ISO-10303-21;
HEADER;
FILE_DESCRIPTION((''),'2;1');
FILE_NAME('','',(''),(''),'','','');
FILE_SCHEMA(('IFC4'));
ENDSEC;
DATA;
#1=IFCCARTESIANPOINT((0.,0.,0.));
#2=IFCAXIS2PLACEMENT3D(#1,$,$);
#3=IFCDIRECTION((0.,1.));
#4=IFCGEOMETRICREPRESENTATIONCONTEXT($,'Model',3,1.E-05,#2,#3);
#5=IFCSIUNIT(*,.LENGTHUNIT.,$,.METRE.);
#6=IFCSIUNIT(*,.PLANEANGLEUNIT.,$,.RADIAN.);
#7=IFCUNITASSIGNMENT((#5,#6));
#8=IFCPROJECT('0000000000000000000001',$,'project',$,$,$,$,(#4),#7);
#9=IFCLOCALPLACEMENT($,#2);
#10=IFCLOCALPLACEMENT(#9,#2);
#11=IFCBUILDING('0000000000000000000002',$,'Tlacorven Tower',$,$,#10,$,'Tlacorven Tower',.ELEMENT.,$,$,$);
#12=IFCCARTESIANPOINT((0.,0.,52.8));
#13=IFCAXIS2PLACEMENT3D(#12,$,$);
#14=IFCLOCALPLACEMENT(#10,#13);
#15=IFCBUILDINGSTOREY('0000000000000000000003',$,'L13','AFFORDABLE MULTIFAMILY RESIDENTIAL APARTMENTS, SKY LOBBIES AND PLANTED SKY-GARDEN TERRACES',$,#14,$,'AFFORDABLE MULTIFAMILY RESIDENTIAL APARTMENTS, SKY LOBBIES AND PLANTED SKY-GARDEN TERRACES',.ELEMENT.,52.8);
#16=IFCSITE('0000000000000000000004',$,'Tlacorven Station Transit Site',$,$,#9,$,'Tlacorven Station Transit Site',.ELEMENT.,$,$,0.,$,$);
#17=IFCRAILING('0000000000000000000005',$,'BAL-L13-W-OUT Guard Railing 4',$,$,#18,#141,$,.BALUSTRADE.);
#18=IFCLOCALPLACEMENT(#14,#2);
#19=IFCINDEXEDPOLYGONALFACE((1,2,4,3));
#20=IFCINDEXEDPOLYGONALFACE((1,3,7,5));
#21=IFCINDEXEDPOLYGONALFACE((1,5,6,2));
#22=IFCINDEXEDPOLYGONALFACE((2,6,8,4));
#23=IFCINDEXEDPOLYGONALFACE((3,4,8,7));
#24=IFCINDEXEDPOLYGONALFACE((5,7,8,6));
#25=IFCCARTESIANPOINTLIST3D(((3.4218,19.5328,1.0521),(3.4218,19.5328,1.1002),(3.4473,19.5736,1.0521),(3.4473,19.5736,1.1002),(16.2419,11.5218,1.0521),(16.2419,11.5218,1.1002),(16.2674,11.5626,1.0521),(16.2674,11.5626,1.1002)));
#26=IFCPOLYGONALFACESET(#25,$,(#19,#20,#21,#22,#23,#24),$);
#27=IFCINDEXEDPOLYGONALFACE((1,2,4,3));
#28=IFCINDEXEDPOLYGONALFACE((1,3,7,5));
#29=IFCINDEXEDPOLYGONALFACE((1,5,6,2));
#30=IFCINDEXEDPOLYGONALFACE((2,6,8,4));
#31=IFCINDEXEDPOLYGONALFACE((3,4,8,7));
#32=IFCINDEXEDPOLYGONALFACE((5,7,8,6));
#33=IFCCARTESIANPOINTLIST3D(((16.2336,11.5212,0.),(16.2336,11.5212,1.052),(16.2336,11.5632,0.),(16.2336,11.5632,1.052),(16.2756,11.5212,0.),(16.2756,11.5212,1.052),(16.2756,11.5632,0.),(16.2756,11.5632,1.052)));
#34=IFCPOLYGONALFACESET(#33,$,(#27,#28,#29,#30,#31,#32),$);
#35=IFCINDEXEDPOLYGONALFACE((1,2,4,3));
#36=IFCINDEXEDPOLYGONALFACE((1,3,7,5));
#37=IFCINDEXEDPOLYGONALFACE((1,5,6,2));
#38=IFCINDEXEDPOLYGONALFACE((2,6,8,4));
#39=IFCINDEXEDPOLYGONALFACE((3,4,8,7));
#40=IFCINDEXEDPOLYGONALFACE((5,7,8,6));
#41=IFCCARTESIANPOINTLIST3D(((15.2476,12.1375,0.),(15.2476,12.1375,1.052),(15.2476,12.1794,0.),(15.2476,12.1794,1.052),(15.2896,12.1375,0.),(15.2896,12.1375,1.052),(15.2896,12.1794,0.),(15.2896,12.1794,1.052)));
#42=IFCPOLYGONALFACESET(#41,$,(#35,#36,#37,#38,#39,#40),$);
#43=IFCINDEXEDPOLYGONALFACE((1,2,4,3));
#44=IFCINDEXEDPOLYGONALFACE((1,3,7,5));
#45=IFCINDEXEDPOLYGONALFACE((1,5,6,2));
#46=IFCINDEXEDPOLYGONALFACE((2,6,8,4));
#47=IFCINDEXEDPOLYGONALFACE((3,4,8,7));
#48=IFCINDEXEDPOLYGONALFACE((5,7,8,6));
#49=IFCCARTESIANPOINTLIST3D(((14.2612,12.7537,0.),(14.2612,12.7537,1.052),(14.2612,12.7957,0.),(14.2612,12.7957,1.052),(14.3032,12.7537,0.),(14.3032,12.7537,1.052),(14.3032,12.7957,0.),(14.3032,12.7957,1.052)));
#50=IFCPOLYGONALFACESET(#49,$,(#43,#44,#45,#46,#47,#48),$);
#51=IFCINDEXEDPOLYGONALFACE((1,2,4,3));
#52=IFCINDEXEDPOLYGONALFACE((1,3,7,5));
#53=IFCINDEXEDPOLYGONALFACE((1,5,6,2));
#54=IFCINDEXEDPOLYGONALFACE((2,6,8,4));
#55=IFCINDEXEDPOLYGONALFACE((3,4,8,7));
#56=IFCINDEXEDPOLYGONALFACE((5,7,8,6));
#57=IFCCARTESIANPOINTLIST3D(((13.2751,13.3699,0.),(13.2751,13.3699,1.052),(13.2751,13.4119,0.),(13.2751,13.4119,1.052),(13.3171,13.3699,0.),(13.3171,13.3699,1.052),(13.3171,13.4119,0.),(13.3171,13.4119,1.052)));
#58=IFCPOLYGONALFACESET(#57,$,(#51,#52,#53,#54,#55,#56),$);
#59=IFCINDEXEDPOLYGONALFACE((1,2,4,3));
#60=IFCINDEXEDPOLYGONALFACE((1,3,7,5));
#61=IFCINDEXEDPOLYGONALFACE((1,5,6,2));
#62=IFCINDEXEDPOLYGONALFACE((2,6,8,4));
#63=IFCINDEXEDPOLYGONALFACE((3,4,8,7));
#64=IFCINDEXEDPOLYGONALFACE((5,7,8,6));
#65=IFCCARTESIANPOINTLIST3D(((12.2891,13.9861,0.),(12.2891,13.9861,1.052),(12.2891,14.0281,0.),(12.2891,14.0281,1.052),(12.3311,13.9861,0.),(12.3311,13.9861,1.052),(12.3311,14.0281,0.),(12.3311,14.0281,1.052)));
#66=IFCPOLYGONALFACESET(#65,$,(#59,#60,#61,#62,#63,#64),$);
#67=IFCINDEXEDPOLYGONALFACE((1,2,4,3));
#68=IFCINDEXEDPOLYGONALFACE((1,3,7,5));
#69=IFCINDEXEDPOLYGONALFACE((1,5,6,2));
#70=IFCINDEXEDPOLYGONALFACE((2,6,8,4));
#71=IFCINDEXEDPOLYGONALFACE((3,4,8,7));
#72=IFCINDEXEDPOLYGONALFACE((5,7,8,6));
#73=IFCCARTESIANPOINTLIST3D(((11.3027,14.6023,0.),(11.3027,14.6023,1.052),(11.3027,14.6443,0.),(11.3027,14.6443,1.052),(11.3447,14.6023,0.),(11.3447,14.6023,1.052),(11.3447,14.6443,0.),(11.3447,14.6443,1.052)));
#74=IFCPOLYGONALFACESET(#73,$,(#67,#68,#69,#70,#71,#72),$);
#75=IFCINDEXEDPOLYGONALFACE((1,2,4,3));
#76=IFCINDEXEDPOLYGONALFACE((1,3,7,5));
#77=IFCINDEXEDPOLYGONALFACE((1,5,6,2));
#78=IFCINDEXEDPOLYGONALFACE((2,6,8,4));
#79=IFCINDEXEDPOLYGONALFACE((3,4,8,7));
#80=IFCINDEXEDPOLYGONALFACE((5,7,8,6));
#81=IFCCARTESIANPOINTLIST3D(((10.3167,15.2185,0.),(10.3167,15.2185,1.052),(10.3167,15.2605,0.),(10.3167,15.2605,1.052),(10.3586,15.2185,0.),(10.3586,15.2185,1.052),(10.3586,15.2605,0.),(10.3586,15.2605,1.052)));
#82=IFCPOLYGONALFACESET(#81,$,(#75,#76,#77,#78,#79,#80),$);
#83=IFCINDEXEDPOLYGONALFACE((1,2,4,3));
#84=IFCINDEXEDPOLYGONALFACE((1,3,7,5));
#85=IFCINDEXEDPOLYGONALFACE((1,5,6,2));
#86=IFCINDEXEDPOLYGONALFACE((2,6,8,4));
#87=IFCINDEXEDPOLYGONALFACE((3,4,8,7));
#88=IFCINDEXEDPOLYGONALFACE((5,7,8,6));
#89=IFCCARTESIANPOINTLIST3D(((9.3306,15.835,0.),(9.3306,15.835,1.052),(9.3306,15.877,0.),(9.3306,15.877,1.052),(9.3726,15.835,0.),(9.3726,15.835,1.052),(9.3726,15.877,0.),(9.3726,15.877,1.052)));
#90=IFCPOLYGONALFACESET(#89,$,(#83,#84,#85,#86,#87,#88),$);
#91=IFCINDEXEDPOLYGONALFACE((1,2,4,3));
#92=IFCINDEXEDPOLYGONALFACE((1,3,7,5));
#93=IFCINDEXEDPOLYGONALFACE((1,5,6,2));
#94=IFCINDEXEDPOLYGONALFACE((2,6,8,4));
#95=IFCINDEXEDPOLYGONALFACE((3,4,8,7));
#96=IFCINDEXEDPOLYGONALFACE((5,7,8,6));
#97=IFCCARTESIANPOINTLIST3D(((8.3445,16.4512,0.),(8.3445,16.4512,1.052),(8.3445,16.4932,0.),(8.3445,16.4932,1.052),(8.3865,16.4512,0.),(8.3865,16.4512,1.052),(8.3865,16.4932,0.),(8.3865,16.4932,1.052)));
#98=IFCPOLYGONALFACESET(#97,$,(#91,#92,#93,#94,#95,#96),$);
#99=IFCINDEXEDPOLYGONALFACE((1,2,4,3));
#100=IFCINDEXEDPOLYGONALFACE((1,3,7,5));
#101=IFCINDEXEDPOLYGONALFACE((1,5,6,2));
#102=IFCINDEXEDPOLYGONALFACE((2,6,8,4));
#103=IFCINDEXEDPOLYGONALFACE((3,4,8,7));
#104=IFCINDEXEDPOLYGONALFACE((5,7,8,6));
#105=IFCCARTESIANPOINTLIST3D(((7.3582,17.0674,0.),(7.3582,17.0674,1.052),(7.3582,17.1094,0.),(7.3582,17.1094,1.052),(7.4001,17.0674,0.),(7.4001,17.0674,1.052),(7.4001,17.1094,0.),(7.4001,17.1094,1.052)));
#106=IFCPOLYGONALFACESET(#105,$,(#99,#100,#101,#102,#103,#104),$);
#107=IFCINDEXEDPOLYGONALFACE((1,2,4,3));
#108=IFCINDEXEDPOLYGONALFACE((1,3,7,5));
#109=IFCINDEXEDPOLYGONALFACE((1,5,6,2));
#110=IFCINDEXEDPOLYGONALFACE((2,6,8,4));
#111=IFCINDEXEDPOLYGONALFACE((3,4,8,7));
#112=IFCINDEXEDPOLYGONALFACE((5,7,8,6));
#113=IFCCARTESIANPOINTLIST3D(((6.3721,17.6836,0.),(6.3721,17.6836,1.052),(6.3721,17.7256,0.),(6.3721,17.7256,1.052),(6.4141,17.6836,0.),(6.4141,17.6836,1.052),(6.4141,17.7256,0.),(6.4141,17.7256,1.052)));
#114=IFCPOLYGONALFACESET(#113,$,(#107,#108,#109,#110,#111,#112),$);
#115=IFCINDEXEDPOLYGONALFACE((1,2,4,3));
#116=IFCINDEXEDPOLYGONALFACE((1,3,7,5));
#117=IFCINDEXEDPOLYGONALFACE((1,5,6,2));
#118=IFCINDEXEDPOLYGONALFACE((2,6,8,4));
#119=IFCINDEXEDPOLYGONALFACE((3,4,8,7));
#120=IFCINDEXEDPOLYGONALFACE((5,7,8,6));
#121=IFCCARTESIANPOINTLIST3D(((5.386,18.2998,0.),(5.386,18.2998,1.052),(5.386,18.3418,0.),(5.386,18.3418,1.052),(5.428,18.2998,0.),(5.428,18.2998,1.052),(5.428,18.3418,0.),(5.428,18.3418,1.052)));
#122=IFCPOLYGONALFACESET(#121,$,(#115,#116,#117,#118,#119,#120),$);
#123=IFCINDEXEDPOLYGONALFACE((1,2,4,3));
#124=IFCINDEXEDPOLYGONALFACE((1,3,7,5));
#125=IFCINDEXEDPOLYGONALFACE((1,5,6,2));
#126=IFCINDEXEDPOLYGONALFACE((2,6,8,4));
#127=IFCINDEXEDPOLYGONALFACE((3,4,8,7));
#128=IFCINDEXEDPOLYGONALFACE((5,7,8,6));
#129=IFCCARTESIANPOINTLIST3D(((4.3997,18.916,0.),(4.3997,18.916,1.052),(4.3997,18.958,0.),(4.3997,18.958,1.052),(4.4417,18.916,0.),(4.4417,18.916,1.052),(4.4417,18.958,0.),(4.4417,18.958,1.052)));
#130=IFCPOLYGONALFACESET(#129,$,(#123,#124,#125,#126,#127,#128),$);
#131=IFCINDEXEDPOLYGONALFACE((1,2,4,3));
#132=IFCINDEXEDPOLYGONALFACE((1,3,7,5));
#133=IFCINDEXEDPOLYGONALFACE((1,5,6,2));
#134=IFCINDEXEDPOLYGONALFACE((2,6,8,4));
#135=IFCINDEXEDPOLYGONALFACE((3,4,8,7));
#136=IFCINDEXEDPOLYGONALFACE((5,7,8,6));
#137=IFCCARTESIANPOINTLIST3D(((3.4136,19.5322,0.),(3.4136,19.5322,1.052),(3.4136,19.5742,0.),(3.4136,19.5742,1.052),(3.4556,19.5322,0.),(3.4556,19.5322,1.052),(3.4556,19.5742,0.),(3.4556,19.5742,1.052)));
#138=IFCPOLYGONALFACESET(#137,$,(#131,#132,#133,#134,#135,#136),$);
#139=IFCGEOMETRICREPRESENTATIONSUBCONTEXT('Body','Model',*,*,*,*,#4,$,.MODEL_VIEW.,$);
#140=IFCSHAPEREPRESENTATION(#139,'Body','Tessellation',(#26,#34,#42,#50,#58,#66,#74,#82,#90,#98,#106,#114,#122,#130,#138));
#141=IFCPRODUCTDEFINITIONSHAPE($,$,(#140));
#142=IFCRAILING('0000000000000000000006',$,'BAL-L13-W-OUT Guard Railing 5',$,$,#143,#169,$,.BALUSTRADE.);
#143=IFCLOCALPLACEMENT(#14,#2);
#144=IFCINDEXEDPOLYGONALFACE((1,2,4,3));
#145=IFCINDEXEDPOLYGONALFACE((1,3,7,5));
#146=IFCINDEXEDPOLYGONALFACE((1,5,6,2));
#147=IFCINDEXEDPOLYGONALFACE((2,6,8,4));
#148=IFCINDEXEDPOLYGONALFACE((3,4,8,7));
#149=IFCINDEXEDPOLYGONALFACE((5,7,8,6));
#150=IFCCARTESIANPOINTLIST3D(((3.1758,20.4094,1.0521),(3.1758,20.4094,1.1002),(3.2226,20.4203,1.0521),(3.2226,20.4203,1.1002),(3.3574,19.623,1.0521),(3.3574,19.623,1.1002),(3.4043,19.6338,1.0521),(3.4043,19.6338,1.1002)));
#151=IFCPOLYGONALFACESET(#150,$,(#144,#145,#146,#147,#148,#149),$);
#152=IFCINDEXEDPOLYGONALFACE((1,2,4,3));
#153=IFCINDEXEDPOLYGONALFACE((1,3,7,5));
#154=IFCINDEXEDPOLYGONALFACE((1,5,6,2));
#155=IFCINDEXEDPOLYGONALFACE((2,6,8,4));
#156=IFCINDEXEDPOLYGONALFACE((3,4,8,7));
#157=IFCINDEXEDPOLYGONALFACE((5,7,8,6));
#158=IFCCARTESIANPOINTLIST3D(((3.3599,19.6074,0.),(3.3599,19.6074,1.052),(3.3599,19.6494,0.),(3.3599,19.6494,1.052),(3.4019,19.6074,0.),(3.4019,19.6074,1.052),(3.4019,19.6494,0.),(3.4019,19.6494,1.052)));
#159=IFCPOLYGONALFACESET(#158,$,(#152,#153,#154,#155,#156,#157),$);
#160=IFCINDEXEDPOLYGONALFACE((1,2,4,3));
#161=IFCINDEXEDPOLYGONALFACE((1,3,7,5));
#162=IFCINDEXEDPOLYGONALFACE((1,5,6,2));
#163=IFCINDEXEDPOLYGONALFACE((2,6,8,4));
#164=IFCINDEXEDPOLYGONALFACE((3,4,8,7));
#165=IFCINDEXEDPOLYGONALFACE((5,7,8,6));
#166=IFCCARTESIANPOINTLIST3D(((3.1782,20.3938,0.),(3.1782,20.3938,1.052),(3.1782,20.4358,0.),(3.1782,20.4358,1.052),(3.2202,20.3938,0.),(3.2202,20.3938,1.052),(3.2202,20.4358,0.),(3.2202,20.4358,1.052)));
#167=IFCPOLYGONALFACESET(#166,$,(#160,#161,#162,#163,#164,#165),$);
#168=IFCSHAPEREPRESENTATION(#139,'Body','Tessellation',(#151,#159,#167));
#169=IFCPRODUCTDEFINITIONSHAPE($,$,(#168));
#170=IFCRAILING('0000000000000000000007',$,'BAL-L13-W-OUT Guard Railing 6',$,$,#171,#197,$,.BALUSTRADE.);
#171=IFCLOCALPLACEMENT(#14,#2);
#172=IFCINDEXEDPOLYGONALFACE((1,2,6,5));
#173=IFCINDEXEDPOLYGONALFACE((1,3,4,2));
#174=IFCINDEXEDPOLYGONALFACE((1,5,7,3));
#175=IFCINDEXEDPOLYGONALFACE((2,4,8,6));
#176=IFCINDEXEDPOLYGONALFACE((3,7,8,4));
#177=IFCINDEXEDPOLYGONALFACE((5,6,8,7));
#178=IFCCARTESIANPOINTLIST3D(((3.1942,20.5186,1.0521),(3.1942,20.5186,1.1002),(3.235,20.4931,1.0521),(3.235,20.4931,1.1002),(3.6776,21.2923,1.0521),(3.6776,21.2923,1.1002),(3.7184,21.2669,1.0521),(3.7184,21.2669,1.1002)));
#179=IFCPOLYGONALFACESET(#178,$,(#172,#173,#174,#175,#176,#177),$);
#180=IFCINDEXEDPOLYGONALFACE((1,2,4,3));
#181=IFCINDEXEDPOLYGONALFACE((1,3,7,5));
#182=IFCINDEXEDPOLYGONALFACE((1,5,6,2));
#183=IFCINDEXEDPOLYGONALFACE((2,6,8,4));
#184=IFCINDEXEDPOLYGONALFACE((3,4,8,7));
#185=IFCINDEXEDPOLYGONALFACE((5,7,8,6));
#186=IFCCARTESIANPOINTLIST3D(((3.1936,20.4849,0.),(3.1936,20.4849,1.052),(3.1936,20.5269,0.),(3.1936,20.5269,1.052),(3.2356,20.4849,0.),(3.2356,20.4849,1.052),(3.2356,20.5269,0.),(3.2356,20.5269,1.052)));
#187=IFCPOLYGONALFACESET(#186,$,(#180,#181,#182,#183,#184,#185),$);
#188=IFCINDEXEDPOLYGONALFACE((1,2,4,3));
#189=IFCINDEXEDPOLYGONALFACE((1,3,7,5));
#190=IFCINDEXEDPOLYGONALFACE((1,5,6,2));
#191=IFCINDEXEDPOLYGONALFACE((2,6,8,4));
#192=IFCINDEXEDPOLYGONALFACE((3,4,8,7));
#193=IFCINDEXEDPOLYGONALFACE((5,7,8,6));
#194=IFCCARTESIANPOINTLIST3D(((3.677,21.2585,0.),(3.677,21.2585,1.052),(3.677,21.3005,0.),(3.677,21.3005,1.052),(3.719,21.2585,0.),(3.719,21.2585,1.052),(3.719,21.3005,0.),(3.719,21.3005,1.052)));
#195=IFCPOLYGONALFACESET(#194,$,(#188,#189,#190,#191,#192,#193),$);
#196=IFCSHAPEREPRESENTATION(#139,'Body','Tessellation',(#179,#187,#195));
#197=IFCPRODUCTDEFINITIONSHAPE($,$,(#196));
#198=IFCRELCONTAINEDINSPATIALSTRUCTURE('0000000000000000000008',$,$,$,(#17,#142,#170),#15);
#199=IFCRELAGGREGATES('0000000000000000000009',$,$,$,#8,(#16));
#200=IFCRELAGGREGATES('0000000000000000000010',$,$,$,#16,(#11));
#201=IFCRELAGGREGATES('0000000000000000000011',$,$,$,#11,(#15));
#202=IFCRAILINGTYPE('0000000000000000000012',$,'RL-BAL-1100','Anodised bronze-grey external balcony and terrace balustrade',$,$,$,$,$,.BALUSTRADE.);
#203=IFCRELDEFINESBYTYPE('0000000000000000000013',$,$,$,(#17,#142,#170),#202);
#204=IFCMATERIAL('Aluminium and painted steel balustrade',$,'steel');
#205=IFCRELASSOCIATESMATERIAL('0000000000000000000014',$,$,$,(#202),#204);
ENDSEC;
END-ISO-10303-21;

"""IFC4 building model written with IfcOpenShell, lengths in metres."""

from ifc_helpers import new_model, si_unit, direction, frame, origin, origin_2d, place, context, subcontext, project, spatial, rectangle, extrude, source, transform, mapped, material, type_object, element, save


model = new_model("IFC4")

# Units and contexts
model_context = context("Model", 3, precision=1e-05, world=origin(), true_north=direction((0.0, 1.0)))
body_context = subcontext(model_context, "Body", "Model", "MODEL_VIEW")
ifc_project = project(units=[si_unit("LENGTHUNIT", "METRE"), si_unit("PLANEANGLEUNIT", "RADIAN")], contexts=[model_context])

# Site, building, storey
site_placement = place(None, origin())
site = spatial("IfcSite", under=ifc_project, at=site_placement, Name="Tlacorven Station Transit Site", LongName="Tlacorven Station Transit Site", CompositionType="ELEMENT", RefElevation=0.0)
building_placement = place(site_placement, origin())
building = spatial("IfcBuilding", under=site, at=building_placement, Name="Tlacorven Tower", LongName="Tlacorven Tower", CompositionType="ELEMENT")
storey_placement = place(building_placement, frame((0.0, 0.0, 52.8)))
storey = spatial("IfcBuildingStorey", under=building, at=storey_placement, Name="L13", Description="AFFORDABLE MULTIFAMILY RESIDENTIAL APARTMENTS, SKY LOBBIES AND PLANTED SKY-GARDEN TERRACES", LongName="AFFORDABLE MULTIFAMILY RESIDENTIAL APARTMENTS, SKY LOBBIES AND PLANTED SKY-GARDEN TERRACES", CompositionType="ELEMENT", Elevation=52.8)

# Railings
ifc_material_1 = material(Name="Aluminium and painted steel balustrade", Category="steel")
railing_type = type_object("IfcRailingType", Name="RL-BAL-1100", Description="Anodised bronze-grey external balcony and terrace balustrade", PredefinedType="BALUSTRADE", material=ifc_material_1)
shared_shape_1 = source(origin(), body_context, "Body", "SweptSolid", [
    extrude(rectangle(XDim=0.0481, YDim=0.0481, at=origin_2d()), frame((0.0, 0.0, 1.0762), z_axis=(-0.848045, 0.529925, 0.0), x_axis=(-0.529925, -0.848045, 0.0)), (0.0, 0.0, 1.0), 15.1172),
    extrude(rectangle(XDim=0.042, YDim=0.042, at=origin_2d()), origin(), (0.0, 0.0, 1.0), 1.052),
    extrude(rectangle(XDim=0.042, YDim=0.042, at=origin_2d()), frame((-0.9861, 0.6162, 0.0)), (0.0, 0.0, 1.0), 1.052),
    extrude(rectangle(XDim=0.042, YDim=0.042, at=origin_2d()), frame((-1.9724, 1.2324, 0.0)), (0.0, 0.0, 1.0), 1.052),
    extrude(rectangle(XDim=0.042, YDim=0.042, at=origin_2d()), frame((-2.9585, 1.8486, 0.0)), (0.0, 0.0, 1.0), 1.052),
    extrude(rectangle(XDim=0.042, YDim=0.042, at=origin_2d()), frame((-3.9446, 2.4648, 0.0)), (0.0, 0.0, 1.0), 1.052),
    extrude(rectangle(XDim=0.042, YDim=0.042, at=origin_2d()), frame((-4.9309, 3.0811, 0.0)), (0.0, 0.0, 1.0), 1.052),
    extrude(rectangle(XDim=0.042, YDim=0.042, at=origin_2d()), frame((-5.917, 3.6973, 0.0)), (0.0, 0.0, 1.0), 1.052),
    extrude(rectangle(XDim=0.042, YDim=0.042, at=origin_2d()), frame((-6.9031, 4.3137, 0.0)), (0.0, 0.0, 1.0), 1.052),
    extrude(rectangle(XDim=0.042, YDim=0.042, at=origin_2d()), frame((-7.8892, 4.9299, 0.0)), (0.0, 0.0, 1.0), 1.052),
    extrude(rectangle(XDim=0.042, YDim=0.042, at=origin_2d()), frame((-8.8755, 5.5461, 0.0)), (0.0, 0.0, 1.0), 1.052),
    extrude(rectangle(XDim=0.042, YDim=0.042, at=origin_2d()), frame((-9.8616, 6.1624, 0.0)), (0.0, 0.0, 1.0), 1.052),
    extrude(rectangle(XDim=0.042, YDim=0.042, at=origin_2d()), frame((-10.8477, 6.7786, 0.0)), (0.0, 0.0, 1.0), 1.052),
    extrude(rectangle(XDim=0.042, YDim=0.042, at=origin_2d()), frame((-11.834, 7.3948, 0.0)), (0.0, 0.0, 1.0), 1.052),
    extrude(rectangle(XDim=0.042, YDim=0.042, at=origin_2d()), frame((-12.8201, 8.011, 0.0)), (0.0, 0.0, 1.0), 1.052),
])
railing_1_placement = place(storey_placement, frame((16.2546, 11.5422, 0.0)))
element("IfcRailing", 1, at=railing_1_placement, inside=storey, type_object=railing_type, Name="BAL-L13-W-OUT Guard Railing 4", PredefinedType="BALUSTRADE", context=body_context, shape_type="MappedRepresentation", body=[
    mapped(shared_shape_1, transform((0.0, 0.0, 0.0), scale=1.0)),
])
shared_shape_2 = source(origin(), body_context, "Body", "SweptSolid", [
    extrude(rectangle(XDim=0.0481, YDim=0.0481, at=origin_2d()), frame((0.0, 0.0, 1.0762), z_axis=(-0.225058, 0.974345, 0.0), x_axis=(-0.974345, -0.225058, 0.0)), (0.0, 0.0, 1.0), 0.8071),
    extrude(rectangle(XDim=0.042, YDim=0.042, at=origin_2d()), origin(), (0.0, 0.0, 1.0), 1.052),
    extrude(rectangle(XDim=0.042, YDim=0.042, at=origin_2d()), frame((-0.1816, 0.7864, 0.0)), (0.0, 0.0, 1.0), 1.052),
])
railing_2_placement = place(storey_placement, frame((3.3809, 19.6284, 0.0)))
element("IfcRailing", 2, at=railing_2_placement, inside=storey, type_object=railing_type, Name="BAL-L13-W-OUT Guard Railing 5", PredefinedType="BALUSTRADE", context=body_context, shape_type="MappedRepresentation", body=[
    mapped(shared_shape_2, transform((0.0, 0.0, 0.0), scale=1.0)),
])
shared_shape_3 = source(origin(), body_context, "Body", "SweptSolid", [
    extrude(rectangle(XDim=0.0481, YDim=0.0481, at=origin_2d()), frame((0.0, 0.0, 1.0762), z_axis=(0.529879, 0.848073, 0.0), x_axis=(-0.848073, 0.529879, 0.0)), (0.0, 0.0, 1.0), 0.9124),
    extrude(rectangle(XDim=0.042, YDim=0.042, at=origin_2d()), origin(), (0.0, 0.0, 1.0), 1.052),
    extrude(rectangle(XDim=0.042, YDim=0.042, at=origin_2d()), frame((0.4834, 0.7737, 0.0)), (0.0, 0.0, 1.0), 1.052),
])
railing_3_placement = place(storey_placement, frame((3.2146, 20.5059, 0.0)))
element("IfcRailing", 3, at=railing_3_placement, inside=storey, type_object=railing_type, Name="BAL-L13-W-OUT Guard Railing 6", PredefinedType="BALUSTRADE", context=body_context, shape_type="MappedRepresentation", body=[
    mapped(shared_shape_3, transform((0.0, 0.0, 0.0), scale=1.0)),
])

save(model, "model.ifc")
